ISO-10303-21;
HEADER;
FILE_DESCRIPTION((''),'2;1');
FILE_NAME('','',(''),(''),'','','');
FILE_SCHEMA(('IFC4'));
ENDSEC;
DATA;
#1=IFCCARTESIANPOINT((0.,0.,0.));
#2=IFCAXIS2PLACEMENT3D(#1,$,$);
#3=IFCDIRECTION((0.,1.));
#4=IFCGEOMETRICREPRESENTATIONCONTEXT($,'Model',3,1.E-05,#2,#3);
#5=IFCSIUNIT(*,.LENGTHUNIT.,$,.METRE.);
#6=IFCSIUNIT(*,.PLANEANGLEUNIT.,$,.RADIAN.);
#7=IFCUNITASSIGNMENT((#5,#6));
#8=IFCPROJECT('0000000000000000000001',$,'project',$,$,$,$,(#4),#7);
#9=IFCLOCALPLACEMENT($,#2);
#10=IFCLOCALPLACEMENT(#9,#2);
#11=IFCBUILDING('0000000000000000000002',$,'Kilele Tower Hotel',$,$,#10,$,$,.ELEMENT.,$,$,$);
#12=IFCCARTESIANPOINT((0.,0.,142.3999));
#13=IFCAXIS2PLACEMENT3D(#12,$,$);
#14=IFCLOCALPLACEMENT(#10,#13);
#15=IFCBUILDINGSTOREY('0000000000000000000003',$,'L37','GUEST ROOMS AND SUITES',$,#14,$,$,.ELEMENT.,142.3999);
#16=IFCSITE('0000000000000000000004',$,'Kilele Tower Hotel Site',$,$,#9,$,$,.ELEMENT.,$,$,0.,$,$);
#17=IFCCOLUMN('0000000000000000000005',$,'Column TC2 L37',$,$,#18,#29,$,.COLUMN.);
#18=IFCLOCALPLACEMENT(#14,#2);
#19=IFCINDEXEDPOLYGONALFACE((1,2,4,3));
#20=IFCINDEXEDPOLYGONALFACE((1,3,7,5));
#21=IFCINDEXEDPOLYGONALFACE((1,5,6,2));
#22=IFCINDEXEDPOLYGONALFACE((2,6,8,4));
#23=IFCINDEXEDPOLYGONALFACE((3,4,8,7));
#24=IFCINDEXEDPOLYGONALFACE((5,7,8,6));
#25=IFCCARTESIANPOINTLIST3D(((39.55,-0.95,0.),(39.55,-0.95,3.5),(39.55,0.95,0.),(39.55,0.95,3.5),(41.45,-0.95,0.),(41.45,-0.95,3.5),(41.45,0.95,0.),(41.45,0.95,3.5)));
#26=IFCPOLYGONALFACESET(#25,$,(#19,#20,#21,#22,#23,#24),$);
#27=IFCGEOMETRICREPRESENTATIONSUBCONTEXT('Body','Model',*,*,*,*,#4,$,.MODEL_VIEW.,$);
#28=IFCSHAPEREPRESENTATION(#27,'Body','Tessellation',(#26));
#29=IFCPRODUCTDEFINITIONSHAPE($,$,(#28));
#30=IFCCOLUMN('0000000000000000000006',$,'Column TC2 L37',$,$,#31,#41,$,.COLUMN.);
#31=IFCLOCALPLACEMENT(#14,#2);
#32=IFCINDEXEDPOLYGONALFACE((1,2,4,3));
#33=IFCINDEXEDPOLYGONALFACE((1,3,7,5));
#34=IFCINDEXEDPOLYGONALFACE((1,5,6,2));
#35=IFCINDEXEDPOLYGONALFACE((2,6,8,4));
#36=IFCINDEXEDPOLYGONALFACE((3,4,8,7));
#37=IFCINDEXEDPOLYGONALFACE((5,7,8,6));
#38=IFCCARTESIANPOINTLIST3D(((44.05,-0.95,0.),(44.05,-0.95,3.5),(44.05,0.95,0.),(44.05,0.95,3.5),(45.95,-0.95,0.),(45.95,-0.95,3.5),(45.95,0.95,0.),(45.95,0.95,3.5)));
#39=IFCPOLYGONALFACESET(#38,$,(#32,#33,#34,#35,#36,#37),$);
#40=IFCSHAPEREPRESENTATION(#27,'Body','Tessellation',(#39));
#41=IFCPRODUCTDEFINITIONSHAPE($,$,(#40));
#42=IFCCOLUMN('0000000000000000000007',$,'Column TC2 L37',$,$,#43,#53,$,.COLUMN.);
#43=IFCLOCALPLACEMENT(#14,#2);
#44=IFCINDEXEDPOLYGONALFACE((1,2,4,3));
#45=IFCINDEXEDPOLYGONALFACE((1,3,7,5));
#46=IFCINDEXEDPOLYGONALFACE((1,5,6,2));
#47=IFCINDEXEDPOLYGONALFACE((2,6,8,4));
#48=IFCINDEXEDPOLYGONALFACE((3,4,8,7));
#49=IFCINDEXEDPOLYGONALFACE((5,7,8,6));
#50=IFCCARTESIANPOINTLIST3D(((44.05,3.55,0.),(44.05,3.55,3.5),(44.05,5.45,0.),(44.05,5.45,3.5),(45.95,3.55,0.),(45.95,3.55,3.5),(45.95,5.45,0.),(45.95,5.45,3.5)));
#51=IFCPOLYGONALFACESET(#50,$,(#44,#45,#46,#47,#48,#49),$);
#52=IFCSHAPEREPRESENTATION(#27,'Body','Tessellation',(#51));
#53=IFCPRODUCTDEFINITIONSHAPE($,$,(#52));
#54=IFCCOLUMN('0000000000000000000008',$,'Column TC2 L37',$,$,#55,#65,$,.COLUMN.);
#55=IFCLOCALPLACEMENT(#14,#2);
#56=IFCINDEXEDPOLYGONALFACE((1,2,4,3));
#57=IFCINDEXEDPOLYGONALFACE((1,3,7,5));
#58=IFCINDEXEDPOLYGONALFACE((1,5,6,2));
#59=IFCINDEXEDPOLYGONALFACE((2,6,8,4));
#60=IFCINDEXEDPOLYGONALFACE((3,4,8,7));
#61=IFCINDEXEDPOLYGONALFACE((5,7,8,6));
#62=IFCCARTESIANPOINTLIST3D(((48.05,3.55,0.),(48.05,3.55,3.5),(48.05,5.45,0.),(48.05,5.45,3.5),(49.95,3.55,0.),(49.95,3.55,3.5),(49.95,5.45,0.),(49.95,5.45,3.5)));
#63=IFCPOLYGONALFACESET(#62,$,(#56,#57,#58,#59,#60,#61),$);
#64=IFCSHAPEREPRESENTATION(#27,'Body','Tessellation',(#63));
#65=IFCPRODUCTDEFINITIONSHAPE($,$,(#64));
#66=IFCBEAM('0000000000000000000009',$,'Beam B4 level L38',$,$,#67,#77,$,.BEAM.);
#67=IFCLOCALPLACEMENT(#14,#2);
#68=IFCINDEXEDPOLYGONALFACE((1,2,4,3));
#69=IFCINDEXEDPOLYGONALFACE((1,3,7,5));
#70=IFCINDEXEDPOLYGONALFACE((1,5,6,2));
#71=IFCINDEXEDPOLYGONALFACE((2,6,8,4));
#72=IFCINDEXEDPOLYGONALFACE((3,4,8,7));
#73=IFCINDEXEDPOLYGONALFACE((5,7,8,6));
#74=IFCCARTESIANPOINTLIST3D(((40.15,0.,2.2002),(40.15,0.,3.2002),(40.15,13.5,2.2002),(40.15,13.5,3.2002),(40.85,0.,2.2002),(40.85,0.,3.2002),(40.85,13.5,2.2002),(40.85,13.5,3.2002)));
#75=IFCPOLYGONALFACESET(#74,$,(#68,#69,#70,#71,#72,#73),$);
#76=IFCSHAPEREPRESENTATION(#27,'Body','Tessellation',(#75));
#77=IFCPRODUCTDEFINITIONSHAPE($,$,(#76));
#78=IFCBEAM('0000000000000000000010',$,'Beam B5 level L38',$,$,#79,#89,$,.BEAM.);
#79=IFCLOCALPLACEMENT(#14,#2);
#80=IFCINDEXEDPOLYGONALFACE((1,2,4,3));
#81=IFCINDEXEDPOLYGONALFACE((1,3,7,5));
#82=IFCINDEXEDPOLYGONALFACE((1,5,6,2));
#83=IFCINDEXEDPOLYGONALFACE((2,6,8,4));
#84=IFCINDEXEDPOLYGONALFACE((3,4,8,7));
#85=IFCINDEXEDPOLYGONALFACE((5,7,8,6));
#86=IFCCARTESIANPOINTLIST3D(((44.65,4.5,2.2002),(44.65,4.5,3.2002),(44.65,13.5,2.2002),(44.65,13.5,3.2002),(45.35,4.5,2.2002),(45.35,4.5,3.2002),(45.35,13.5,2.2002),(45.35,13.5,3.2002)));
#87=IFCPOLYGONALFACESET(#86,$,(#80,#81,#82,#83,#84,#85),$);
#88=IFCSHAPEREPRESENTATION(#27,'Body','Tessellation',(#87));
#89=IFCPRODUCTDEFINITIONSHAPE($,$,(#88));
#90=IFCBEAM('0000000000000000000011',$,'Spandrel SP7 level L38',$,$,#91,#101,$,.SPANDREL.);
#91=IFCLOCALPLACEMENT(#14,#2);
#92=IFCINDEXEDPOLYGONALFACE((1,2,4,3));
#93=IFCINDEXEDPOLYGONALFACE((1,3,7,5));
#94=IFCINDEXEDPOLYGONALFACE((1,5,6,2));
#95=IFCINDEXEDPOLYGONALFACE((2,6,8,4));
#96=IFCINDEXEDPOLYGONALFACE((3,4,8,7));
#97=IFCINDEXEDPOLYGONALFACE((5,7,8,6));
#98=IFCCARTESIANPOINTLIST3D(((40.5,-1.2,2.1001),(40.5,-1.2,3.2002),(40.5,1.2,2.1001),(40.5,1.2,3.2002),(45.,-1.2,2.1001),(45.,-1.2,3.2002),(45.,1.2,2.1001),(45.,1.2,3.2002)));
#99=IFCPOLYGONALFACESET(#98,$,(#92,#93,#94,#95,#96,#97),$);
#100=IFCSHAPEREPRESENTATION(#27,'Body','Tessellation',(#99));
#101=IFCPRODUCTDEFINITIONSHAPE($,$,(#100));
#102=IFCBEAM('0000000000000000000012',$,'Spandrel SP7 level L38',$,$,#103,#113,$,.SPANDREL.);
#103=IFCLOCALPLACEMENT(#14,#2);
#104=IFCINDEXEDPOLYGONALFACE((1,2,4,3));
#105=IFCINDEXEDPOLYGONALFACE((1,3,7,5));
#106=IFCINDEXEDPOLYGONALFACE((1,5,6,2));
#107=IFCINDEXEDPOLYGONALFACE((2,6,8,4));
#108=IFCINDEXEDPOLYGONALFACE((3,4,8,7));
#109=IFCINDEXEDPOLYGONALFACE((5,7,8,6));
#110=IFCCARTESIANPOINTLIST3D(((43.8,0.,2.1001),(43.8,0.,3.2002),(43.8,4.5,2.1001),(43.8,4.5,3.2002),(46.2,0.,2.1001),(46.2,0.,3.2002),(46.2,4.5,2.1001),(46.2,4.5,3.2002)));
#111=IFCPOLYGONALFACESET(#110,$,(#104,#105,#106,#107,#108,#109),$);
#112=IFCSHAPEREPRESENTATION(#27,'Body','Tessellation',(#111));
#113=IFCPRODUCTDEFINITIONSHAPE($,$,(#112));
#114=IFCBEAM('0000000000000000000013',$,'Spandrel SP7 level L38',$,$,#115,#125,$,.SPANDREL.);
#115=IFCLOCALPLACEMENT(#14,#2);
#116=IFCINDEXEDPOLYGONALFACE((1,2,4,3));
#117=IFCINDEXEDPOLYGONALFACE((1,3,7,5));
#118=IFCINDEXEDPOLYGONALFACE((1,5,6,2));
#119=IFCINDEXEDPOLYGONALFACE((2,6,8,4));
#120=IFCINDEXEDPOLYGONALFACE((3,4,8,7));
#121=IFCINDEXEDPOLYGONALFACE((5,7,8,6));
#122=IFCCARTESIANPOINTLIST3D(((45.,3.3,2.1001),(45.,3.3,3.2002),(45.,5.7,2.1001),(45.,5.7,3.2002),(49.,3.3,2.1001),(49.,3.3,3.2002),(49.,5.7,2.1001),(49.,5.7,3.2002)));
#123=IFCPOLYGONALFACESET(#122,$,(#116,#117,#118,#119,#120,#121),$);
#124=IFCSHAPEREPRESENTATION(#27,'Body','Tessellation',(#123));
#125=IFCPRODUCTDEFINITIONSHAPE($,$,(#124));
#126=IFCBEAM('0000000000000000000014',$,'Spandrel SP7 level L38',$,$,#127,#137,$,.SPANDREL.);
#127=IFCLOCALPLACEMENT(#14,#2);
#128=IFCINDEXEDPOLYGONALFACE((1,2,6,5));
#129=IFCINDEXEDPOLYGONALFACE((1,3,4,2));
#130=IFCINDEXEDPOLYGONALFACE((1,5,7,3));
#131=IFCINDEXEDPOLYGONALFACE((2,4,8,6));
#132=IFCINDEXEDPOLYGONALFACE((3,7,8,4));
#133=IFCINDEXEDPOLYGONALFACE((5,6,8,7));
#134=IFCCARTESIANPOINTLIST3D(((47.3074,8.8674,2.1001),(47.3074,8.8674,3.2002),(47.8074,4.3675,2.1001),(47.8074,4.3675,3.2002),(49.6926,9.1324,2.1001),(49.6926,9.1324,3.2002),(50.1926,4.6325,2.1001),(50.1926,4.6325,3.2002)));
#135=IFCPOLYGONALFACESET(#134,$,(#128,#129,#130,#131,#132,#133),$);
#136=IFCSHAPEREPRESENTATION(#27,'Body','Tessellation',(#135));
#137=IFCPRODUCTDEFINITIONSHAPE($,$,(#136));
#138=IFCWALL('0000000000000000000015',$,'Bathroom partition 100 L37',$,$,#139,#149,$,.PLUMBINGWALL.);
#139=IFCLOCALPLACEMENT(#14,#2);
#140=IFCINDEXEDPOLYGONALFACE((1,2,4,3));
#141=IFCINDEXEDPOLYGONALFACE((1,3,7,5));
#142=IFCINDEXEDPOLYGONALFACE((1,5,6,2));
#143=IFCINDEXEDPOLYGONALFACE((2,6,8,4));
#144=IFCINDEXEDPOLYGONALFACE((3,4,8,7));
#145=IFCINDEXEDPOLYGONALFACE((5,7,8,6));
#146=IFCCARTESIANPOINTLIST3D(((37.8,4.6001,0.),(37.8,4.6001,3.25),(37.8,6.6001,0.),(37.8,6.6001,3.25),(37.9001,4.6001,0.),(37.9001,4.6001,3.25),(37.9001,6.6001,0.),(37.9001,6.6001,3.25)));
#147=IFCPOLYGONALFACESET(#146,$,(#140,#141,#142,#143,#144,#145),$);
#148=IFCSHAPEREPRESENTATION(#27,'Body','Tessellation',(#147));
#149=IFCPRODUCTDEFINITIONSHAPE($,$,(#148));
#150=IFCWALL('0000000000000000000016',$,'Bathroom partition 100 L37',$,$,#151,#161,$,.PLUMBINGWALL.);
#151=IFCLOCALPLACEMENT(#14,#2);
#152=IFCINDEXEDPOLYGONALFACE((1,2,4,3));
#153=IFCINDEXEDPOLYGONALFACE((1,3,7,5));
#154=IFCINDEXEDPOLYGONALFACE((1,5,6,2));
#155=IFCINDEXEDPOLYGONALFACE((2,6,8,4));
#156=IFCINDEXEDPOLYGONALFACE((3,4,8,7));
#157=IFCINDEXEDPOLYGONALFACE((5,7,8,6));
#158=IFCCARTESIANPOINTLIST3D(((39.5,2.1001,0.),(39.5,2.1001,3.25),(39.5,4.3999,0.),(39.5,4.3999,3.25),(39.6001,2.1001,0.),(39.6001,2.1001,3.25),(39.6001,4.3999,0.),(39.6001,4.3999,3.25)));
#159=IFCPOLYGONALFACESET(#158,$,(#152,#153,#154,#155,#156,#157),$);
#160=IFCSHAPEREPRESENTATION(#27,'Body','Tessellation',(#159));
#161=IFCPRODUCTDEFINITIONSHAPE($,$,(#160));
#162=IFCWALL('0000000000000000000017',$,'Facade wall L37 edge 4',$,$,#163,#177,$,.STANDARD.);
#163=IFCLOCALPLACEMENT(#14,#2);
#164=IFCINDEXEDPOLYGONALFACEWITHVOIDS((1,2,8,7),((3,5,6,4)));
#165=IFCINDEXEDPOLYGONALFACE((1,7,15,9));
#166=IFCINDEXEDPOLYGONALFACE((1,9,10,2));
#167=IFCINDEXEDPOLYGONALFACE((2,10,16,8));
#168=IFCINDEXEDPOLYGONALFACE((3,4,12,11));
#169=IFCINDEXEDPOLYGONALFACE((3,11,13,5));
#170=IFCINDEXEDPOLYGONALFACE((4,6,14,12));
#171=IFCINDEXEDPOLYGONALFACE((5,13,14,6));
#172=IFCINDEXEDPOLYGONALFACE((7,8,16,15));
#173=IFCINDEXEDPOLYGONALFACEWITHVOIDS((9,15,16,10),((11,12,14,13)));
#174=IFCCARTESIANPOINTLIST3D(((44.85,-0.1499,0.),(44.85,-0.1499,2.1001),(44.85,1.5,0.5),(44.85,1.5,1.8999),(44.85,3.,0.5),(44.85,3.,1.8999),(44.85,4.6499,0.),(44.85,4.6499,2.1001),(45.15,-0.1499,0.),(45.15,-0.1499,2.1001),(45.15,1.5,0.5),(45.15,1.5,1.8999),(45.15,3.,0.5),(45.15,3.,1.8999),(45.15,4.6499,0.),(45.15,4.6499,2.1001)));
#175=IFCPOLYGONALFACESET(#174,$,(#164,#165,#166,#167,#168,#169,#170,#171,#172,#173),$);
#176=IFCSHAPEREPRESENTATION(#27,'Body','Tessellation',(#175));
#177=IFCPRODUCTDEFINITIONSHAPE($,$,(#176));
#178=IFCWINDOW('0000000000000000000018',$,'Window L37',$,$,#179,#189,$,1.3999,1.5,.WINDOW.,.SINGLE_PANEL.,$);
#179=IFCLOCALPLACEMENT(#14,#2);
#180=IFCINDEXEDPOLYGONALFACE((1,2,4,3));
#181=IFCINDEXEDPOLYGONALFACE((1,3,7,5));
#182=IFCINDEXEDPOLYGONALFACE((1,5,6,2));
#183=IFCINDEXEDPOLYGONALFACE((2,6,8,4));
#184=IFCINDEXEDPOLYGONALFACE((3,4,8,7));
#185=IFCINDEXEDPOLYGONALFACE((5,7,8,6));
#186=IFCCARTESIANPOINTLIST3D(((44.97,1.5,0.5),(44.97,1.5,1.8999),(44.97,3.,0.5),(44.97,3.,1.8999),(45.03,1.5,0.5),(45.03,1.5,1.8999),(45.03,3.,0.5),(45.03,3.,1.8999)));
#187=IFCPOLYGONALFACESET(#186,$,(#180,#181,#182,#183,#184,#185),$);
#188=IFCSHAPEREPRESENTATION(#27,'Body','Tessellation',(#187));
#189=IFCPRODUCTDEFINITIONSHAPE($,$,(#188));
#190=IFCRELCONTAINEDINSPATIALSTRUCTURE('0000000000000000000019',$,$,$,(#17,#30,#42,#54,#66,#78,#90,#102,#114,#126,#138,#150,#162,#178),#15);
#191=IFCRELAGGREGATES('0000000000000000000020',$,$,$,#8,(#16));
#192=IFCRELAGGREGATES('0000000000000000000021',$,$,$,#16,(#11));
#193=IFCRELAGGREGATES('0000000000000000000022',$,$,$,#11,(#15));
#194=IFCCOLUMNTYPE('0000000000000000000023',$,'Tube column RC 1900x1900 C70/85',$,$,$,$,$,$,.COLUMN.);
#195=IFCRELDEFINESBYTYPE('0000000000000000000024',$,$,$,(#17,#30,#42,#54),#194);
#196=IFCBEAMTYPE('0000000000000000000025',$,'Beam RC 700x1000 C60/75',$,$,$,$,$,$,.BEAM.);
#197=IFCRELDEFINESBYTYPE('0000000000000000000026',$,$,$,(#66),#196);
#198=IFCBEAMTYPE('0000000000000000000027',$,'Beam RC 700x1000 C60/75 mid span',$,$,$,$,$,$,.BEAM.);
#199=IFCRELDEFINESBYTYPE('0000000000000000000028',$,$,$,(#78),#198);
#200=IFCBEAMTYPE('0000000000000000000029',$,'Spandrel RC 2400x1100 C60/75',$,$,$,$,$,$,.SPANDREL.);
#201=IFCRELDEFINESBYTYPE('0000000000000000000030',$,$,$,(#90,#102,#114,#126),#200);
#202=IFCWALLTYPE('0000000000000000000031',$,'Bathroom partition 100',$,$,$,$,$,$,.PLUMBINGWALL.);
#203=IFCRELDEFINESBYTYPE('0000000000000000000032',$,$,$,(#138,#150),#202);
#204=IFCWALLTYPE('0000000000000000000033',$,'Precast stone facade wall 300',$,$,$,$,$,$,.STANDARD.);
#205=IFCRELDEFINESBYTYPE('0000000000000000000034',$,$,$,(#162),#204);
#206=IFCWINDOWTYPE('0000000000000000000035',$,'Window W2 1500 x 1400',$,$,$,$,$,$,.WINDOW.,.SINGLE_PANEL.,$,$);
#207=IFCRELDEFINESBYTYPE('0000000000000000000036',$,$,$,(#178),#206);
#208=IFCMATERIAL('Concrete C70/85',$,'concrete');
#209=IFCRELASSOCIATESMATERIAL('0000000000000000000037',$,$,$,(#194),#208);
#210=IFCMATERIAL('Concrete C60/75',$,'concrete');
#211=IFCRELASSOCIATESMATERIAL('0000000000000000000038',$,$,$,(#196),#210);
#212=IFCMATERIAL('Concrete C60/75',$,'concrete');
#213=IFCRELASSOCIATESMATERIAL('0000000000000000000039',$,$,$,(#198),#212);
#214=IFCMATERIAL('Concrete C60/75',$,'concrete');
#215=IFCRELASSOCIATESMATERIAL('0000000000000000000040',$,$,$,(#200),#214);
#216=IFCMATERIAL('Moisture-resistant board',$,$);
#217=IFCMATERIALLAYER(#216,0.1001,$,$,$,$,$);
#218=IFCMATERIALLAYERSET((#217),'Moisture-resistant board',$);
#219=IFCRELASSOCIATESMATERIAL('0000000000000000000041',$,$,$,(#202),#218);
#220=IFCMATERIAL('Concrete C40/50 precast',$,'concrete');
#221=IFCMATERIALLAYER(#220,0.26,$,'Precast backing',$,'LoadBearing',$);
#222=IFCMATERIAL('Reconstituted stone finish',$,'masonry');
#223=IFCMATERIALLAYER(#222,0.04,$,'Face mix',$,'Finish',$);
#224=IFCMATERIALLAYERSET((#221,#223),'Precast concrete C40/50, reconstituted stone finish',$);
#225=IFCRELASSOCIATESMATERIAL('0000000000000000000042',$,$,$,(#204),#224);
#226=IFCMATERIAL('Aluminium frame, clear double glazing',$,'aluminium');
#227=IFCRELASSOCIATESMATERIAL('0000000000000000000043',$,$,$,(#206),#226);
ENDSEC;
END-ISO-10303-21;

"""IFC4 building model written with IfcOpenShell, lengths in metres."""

from ifc_helpers import new_model, si_unit, direction, frame, frame_2d, origin, origin_2d, place, context, subcontext, project, spatial, rectangle, extrude, material, layer, layer_set, material_profile, profile_set, type_object, element, fill, save


model = new_model("IFC4")

# Units and contexts
model_context = context("Model", 3, precision=1e-05, world=origin(), true_north=direction((0.0, 1.0)))
body_context = subcontext(model_context, "Body", "Model", "MODEL_VIEW")
ifc_project = project(units=[si_unit("LENGTHUNIT", "METRE"), si_unit("PLANEANGLEUNIT", "RADIAN")], contexts=[model_context])

# Site, building, storey
site_placement = place(None, origin())
site = spatial("IfcSite", under=ifc_project, at=site_placement, Name="Kilele Tower Hotel Site", CompositionType="ELEMENT", RefElevation=0.0)
building_placement = place(site_placement, origin())
building = spatial("IfcBuilding", under=site, at=building_placement, Name="Kilele Tower Hotel", CompositionType="ELEMENT")
storey_placement = place(building_placement, frame((0.0, 0.0, 142.3999)))
storey = spatial("IfcBuildingStorey", under=building, at=storey_placement, Name="L37", Description="GUEST ROOMS AND SUITES", CompositionType="ELEMENT", Elevation=142.3999)

# Columns
ifc_material_1 = material(Name="Concrete C70/85", Category="concrete")
ifc_material_profile_1 = material_profile(ifc_material_1, rectangle(XDim=1.8999, YDim=1.8999, at=origin_2d()))
ifc_profile_set_1 = profile_set([ifc_material_profile_1], Name="Concrete C70/85")
column_type = type_object("IfcColumnType", Name="Tube column RC 1900x1900 C70/85", PredefinedType="COLUMN", material=ifc_profile_set_1)
for number, where, z_axis, x_axis, name in (
    (1, (40.5, 0.0, 0.0), (0.0, 0.0, 1.0), (1.0, 0.0, 0.0), "Column TC2 L37"),
    (2, (45.0, 0.0, 0.0), (0.0, 0.0, 1.0), (1.0, 0.0, 0.0), "Column TC2 L37"),
    (3, (45.0, 4.5, 0.0), (0.0, 0.0, 1.0), (1.0, 0.0, 0.0), "Column TC2 L37"),
    (4, (49.0, 4.5, 0.0), (0.0, 0.0, 1.0), (1.0, 0.0, 0.0), "Column TC2 L37"),
):
    element("IfcColumn", number, at=place(storey_placement, frame(where, z_axis=z_axis, x_axis=x_axis)), inside=storey, type_object=column_type, Name=name, PredefinedType="COLUMN", context=body_context, shape_type="SweptSolid", body=[
        extrude(rectangle(XDim=1.8999, YDim=1.8999, at=origin_2d()), origin(), (0.0, 0.0, 1.0), 3.5),
    ])

# Beams
ifc_material_2 = material(Name="Concrete C60/75", Category="concrete")
ifc_material_profile_2 = material_profile(ifc_material_2, rectangle(XDim=0.7, YDim=1.0, at=origin_2d()))
ifc_profile_set_2 = profile_set([ifc_material_profile_2], Name="Concrete C60/75")
beam_type_1 = type_object("IfcBeamType", Name="Beam RC 700x1000 C60/75", PredefinedType="BEAM", material=ifc_profile_set_2)
beam_1_placement = place(storey_placement, frame((40.5, 0.0, 2.7002), z_axis=(0.0, 1.0, 0.0), x_axis=(-1.0, 0.0, 0.0)))
element("IfcBeam", 5, at=beam_1_placement, inside=storey, type_object=beam_type_1, Name="Beam B4 level L38", PredefinedType="BEAM", context=body_context, shape_type="SweptSolid", body=[
    extrude(rectangle(XDim=0.7, YDim=1.0, at=origin_2d()), origin(), (0.0, 0.0, 1.0), 13.5),
])
ifc_material_3 = material(Name="Concrete C60/75", Category="concrete")
ifc_material_profile_3 = material_profile(ifc_material_3, rectangle(XDim=0.7, YDim=1.0, at=origin_2d()))
ifc_profile_set_3 = profile_set([ifc_material_profile_3], Name="Concrete C60/75")
beam_type_2 = type_object("IfcBeamType", Name="Beam RC 700x1000 C60/75 mid span", PredefinedType="BEAM", material=ifc_profile_set_3)
beam_2_placement = place(storey_placement, frame((45.0, 4.5, 2.7002), z_axis=(0.0, 1.0, 0.0), x_axis=(-1.0, 0.0, 0.0)))
element("IfcBeam", 6, at=beam_2_placement, inside=storey, type_object=beam_type_2, Name="Beam B5 level L38", PredefinedType="BEAM", context=body_context, shape_type="SweptSolid", body=[
    extrude(rectangle(XDim=0.7, YDim=1.0, at=origin_2d()), origin(), (0.0, 0.0, 1.0), 9.0),
])
ifc_material_4 = material(Name="Concrete C60/75", Category="concrete")
ifc_material_profile_4 = material_profile(ifc_material_4, rectangle(XDim=2.3999, YDim=1.1001, at=origin_2d()))
ifc_profile_set_4 = profile_set([ifc_material_profile_4], Name="Concrete C60/75")
beam_type_3 = type_object("IfcBeamType", Name="Spandrel RC 2400x1100 C60/75", PredefinedType="SPANDREL", material=ifc_profile_set_4)
for number, where, z_axis, x_axis, name in (
    (7, (40.5, 0.0, 2.6501), (1.0, 0.0, 0.0), (0.0, 1.0, 0.0), "Spandrel SP7 level L38"),
    (8, (45.0, 0.0, 2.6501), (0.0, 1.0, 0.0), (-1.0, 0.0, 0.0), "Spandrel SP7 level L38"),
):
    element("IfcBeam", number, at=place(storey_placement, frame(where, z_axis=z_axis, x_axis=x_axis)), inside=storey, type_object=beam_type_3, Name=name, PredefinedType="SPANDREL", context=body_context, shape_type="SweptSolid", body=[
        extrude(rectangle(XDim=2.3999, YDim=1.1001, at=origin_2d()), origin(), (0.0, 0.0, 1.0), 4.5),
    ])
beam_3_placement = place(storey_placement, frame((45.0, 4.5, 2.6501), z_axis=(1.0, 0.0, 0.0), x_axis=(0.0, 1.0, 0.0)))
element("IfcBeam", 9, at=beam_3_placement, inside=storey, type_object=beam_type_3, Name="Spandrel SP7 level L38", PredefinedType="SPANDREL", context=body_context, shape_type="SweptSolid", body=[
    extrude(rectangle(XDim=2.3999, YDim=1.1001, at=origin_2d()), origin(), (0.0, 0.0, 1.0), 4.0),
])
beam_4_placement = place(storey_placement, frame((49.0, 4.5, 2.6501), z_axis=(-0.110432, 0.993884, 0.0), x_axis=(-0.993884, -0.110432, 0.0)))
element("IfcBeam", 10, at=beam_4_placement, inside=storey, type_object=beam_type_3, Name="Spandrel SP7 level L38", PredefinedType="SPANDREL", context=body_context, shape_type="SweptSolid", body=[
    extrude(rectangle(XDim=2.3999, YDim=1.1001, at=origin_2d()), origin(), (0.0, 0.0, 1.0), 4.5276),
])

# Walls
ifc_material_5 = material(Name="Moisture-resistant board")
ifc_layer_1 = layer(ifc_material_5, 0.1001)
ifc_layer_set_1 = layer_set([ifc_layer_1], Name="Moisture-resistant board")
wall_type_1 = type_object("IfcWallType", Name="Bathroom partition 100", PredefinedType="PLUMBINGWALL", material=ifc_layer_set_1)
wall_1_placement = place(storey_placement, frame((37.8501, 4.6001, 0.0), z_axis=(0.0, 0.0, 1.0), x_axis=(0.0, 1.0, 0.0)))
element("IfcWall", 11, at=wall_1_placement, inside=storey, type_object=wall_type_1, Name="Bathroom partition 100 L37", PredefinedType="PLUMBINGWALL", context=body_context, shape_type="SweptSolid", body=[
    extrude(rectangle(XDim=2.0, YDim=0.1001, at=frame_2d((1.0, 0.0))), origin(), (0.0, 0.0, 1.0), 3.25),
])
wall_2_placement = place(storey_placement, frame((39.55, 4.3999, 0.0), z_axis=(0.0, 0.0, 1.0), x_axis=(0.0, -1.0, 0.0)))
element("IfcWall", 12, at=wall_2_placement, inside=storey, type_object=wall_type_1, Name="Bathroom partition 100 L37", PredefinedType="PLUMBINGWALL", context=body_context, shape_type="SweptSolid", body=[
    extrude(rectangle(XDim=2.2998, YDim=0.1001, at=frame_2d((1.1499, 0.0))), origin(), (0.0, 0.0, 1.0), 3.25),
])

# Wall, opening, window
ifc_material_6 = material(Name="Concrete C40/50 precast", Category="concrete")
ifc_layer_2 = layer(ifc_material_6, 0.26, Name="Precast backing", Category="LoadBearing")
ifc_material_7 = material(Name="Reconstituted stone finish", Category="masonry")
ifc_layer_3 = layer(ifc_material_7, 0.04, Name="Face mix", Category="Finish")
ifc_layer_set_2 = layer_set([ifc_layer_2, ifc_layer_3], Name="Precast concrete C40/50, reconstituted stone finish")
wall_type_2 = type_object("IfcWallType", Name="Precast stone facade wall 300", PredefinedType="STANDARD", material=ifc_layer_set_2)
wall_3_placement = place(storey_placement, frame((45.0, -0.1499, 0.0), z_axis=(0.0, 0.0, 1.0), x_axis=(0.0, 1.0, 0.0)))
wall_3 = element("IfcWall", 13, at=wall_3_placement, inside=storey, type_object=wall_type_2, Name="Facade wall L37 edge 4", PredefinedType="STANDARD", context=body_context, shape_type="SweptSolid", body=[
    extrude(rectangle(XDim=4.7998, YDim=0.3, at=frame_2d((2.3999, 0.0))), origin(), (0.0, 0.0, 1.0), 2.1001),
])
opening_1_placement = place(wall_3_placement, frame((1.6499, 0.0, 0.5)))
opening_1 = element("IfcOpeningElement", 14, at=opening_1_placement, cuts=wall_3, PredefinedType="OPENING", context=body_context, shape_type="SweptSolid", body=[
    extrude(rectangle(XDim=1.5, YDim=1.3999, at=frame_2d((0.75, 0.7))), frame((0.0, 0.1599, 0.0), z_axis=(0.0, -1.0, 0.0), x_axis=(1.0, 0.0, 0.0)), (0.0, 0.0, 1.0), 0.3201),
])
ifc_material_8 = material(Name="Aluminium frame, clear double glazing", Category="aluminium")
window_type = type_object("IfcWindowType", Name="Window W2 1500 x 1400", PartitioningType="SINGLE_PANEL", PredefinedType="WINDOW", material=ifc_material_8)
window_1_placement = place(opening_1_placement, origin())
window_1 = element("IfcWindow", 15, at=window_1_placement, inside=storey, type_object=window_type, Name="Window L37", OverallHeight=1.3999, OverallWidth=1.5, PartitioningType="SINGLE_PANEL", PredefinedType="WINDOW", context=body_context, shape_type="SweptSolid", body=[
    extrude(rectangle(XDim=1.5, YDim=1.3999, at=frame_2d((0.75, 0.7))), frame((0.0, 0.03, 0.0), z_axis=(0.0, -1.0, 0.0), x_axis=(1.0, 0.0, 0.0)), (0.0, 0.0, 1.0), 0.0601),
])
fill(opening_1, window_1)

save(model, "model.ifc")
